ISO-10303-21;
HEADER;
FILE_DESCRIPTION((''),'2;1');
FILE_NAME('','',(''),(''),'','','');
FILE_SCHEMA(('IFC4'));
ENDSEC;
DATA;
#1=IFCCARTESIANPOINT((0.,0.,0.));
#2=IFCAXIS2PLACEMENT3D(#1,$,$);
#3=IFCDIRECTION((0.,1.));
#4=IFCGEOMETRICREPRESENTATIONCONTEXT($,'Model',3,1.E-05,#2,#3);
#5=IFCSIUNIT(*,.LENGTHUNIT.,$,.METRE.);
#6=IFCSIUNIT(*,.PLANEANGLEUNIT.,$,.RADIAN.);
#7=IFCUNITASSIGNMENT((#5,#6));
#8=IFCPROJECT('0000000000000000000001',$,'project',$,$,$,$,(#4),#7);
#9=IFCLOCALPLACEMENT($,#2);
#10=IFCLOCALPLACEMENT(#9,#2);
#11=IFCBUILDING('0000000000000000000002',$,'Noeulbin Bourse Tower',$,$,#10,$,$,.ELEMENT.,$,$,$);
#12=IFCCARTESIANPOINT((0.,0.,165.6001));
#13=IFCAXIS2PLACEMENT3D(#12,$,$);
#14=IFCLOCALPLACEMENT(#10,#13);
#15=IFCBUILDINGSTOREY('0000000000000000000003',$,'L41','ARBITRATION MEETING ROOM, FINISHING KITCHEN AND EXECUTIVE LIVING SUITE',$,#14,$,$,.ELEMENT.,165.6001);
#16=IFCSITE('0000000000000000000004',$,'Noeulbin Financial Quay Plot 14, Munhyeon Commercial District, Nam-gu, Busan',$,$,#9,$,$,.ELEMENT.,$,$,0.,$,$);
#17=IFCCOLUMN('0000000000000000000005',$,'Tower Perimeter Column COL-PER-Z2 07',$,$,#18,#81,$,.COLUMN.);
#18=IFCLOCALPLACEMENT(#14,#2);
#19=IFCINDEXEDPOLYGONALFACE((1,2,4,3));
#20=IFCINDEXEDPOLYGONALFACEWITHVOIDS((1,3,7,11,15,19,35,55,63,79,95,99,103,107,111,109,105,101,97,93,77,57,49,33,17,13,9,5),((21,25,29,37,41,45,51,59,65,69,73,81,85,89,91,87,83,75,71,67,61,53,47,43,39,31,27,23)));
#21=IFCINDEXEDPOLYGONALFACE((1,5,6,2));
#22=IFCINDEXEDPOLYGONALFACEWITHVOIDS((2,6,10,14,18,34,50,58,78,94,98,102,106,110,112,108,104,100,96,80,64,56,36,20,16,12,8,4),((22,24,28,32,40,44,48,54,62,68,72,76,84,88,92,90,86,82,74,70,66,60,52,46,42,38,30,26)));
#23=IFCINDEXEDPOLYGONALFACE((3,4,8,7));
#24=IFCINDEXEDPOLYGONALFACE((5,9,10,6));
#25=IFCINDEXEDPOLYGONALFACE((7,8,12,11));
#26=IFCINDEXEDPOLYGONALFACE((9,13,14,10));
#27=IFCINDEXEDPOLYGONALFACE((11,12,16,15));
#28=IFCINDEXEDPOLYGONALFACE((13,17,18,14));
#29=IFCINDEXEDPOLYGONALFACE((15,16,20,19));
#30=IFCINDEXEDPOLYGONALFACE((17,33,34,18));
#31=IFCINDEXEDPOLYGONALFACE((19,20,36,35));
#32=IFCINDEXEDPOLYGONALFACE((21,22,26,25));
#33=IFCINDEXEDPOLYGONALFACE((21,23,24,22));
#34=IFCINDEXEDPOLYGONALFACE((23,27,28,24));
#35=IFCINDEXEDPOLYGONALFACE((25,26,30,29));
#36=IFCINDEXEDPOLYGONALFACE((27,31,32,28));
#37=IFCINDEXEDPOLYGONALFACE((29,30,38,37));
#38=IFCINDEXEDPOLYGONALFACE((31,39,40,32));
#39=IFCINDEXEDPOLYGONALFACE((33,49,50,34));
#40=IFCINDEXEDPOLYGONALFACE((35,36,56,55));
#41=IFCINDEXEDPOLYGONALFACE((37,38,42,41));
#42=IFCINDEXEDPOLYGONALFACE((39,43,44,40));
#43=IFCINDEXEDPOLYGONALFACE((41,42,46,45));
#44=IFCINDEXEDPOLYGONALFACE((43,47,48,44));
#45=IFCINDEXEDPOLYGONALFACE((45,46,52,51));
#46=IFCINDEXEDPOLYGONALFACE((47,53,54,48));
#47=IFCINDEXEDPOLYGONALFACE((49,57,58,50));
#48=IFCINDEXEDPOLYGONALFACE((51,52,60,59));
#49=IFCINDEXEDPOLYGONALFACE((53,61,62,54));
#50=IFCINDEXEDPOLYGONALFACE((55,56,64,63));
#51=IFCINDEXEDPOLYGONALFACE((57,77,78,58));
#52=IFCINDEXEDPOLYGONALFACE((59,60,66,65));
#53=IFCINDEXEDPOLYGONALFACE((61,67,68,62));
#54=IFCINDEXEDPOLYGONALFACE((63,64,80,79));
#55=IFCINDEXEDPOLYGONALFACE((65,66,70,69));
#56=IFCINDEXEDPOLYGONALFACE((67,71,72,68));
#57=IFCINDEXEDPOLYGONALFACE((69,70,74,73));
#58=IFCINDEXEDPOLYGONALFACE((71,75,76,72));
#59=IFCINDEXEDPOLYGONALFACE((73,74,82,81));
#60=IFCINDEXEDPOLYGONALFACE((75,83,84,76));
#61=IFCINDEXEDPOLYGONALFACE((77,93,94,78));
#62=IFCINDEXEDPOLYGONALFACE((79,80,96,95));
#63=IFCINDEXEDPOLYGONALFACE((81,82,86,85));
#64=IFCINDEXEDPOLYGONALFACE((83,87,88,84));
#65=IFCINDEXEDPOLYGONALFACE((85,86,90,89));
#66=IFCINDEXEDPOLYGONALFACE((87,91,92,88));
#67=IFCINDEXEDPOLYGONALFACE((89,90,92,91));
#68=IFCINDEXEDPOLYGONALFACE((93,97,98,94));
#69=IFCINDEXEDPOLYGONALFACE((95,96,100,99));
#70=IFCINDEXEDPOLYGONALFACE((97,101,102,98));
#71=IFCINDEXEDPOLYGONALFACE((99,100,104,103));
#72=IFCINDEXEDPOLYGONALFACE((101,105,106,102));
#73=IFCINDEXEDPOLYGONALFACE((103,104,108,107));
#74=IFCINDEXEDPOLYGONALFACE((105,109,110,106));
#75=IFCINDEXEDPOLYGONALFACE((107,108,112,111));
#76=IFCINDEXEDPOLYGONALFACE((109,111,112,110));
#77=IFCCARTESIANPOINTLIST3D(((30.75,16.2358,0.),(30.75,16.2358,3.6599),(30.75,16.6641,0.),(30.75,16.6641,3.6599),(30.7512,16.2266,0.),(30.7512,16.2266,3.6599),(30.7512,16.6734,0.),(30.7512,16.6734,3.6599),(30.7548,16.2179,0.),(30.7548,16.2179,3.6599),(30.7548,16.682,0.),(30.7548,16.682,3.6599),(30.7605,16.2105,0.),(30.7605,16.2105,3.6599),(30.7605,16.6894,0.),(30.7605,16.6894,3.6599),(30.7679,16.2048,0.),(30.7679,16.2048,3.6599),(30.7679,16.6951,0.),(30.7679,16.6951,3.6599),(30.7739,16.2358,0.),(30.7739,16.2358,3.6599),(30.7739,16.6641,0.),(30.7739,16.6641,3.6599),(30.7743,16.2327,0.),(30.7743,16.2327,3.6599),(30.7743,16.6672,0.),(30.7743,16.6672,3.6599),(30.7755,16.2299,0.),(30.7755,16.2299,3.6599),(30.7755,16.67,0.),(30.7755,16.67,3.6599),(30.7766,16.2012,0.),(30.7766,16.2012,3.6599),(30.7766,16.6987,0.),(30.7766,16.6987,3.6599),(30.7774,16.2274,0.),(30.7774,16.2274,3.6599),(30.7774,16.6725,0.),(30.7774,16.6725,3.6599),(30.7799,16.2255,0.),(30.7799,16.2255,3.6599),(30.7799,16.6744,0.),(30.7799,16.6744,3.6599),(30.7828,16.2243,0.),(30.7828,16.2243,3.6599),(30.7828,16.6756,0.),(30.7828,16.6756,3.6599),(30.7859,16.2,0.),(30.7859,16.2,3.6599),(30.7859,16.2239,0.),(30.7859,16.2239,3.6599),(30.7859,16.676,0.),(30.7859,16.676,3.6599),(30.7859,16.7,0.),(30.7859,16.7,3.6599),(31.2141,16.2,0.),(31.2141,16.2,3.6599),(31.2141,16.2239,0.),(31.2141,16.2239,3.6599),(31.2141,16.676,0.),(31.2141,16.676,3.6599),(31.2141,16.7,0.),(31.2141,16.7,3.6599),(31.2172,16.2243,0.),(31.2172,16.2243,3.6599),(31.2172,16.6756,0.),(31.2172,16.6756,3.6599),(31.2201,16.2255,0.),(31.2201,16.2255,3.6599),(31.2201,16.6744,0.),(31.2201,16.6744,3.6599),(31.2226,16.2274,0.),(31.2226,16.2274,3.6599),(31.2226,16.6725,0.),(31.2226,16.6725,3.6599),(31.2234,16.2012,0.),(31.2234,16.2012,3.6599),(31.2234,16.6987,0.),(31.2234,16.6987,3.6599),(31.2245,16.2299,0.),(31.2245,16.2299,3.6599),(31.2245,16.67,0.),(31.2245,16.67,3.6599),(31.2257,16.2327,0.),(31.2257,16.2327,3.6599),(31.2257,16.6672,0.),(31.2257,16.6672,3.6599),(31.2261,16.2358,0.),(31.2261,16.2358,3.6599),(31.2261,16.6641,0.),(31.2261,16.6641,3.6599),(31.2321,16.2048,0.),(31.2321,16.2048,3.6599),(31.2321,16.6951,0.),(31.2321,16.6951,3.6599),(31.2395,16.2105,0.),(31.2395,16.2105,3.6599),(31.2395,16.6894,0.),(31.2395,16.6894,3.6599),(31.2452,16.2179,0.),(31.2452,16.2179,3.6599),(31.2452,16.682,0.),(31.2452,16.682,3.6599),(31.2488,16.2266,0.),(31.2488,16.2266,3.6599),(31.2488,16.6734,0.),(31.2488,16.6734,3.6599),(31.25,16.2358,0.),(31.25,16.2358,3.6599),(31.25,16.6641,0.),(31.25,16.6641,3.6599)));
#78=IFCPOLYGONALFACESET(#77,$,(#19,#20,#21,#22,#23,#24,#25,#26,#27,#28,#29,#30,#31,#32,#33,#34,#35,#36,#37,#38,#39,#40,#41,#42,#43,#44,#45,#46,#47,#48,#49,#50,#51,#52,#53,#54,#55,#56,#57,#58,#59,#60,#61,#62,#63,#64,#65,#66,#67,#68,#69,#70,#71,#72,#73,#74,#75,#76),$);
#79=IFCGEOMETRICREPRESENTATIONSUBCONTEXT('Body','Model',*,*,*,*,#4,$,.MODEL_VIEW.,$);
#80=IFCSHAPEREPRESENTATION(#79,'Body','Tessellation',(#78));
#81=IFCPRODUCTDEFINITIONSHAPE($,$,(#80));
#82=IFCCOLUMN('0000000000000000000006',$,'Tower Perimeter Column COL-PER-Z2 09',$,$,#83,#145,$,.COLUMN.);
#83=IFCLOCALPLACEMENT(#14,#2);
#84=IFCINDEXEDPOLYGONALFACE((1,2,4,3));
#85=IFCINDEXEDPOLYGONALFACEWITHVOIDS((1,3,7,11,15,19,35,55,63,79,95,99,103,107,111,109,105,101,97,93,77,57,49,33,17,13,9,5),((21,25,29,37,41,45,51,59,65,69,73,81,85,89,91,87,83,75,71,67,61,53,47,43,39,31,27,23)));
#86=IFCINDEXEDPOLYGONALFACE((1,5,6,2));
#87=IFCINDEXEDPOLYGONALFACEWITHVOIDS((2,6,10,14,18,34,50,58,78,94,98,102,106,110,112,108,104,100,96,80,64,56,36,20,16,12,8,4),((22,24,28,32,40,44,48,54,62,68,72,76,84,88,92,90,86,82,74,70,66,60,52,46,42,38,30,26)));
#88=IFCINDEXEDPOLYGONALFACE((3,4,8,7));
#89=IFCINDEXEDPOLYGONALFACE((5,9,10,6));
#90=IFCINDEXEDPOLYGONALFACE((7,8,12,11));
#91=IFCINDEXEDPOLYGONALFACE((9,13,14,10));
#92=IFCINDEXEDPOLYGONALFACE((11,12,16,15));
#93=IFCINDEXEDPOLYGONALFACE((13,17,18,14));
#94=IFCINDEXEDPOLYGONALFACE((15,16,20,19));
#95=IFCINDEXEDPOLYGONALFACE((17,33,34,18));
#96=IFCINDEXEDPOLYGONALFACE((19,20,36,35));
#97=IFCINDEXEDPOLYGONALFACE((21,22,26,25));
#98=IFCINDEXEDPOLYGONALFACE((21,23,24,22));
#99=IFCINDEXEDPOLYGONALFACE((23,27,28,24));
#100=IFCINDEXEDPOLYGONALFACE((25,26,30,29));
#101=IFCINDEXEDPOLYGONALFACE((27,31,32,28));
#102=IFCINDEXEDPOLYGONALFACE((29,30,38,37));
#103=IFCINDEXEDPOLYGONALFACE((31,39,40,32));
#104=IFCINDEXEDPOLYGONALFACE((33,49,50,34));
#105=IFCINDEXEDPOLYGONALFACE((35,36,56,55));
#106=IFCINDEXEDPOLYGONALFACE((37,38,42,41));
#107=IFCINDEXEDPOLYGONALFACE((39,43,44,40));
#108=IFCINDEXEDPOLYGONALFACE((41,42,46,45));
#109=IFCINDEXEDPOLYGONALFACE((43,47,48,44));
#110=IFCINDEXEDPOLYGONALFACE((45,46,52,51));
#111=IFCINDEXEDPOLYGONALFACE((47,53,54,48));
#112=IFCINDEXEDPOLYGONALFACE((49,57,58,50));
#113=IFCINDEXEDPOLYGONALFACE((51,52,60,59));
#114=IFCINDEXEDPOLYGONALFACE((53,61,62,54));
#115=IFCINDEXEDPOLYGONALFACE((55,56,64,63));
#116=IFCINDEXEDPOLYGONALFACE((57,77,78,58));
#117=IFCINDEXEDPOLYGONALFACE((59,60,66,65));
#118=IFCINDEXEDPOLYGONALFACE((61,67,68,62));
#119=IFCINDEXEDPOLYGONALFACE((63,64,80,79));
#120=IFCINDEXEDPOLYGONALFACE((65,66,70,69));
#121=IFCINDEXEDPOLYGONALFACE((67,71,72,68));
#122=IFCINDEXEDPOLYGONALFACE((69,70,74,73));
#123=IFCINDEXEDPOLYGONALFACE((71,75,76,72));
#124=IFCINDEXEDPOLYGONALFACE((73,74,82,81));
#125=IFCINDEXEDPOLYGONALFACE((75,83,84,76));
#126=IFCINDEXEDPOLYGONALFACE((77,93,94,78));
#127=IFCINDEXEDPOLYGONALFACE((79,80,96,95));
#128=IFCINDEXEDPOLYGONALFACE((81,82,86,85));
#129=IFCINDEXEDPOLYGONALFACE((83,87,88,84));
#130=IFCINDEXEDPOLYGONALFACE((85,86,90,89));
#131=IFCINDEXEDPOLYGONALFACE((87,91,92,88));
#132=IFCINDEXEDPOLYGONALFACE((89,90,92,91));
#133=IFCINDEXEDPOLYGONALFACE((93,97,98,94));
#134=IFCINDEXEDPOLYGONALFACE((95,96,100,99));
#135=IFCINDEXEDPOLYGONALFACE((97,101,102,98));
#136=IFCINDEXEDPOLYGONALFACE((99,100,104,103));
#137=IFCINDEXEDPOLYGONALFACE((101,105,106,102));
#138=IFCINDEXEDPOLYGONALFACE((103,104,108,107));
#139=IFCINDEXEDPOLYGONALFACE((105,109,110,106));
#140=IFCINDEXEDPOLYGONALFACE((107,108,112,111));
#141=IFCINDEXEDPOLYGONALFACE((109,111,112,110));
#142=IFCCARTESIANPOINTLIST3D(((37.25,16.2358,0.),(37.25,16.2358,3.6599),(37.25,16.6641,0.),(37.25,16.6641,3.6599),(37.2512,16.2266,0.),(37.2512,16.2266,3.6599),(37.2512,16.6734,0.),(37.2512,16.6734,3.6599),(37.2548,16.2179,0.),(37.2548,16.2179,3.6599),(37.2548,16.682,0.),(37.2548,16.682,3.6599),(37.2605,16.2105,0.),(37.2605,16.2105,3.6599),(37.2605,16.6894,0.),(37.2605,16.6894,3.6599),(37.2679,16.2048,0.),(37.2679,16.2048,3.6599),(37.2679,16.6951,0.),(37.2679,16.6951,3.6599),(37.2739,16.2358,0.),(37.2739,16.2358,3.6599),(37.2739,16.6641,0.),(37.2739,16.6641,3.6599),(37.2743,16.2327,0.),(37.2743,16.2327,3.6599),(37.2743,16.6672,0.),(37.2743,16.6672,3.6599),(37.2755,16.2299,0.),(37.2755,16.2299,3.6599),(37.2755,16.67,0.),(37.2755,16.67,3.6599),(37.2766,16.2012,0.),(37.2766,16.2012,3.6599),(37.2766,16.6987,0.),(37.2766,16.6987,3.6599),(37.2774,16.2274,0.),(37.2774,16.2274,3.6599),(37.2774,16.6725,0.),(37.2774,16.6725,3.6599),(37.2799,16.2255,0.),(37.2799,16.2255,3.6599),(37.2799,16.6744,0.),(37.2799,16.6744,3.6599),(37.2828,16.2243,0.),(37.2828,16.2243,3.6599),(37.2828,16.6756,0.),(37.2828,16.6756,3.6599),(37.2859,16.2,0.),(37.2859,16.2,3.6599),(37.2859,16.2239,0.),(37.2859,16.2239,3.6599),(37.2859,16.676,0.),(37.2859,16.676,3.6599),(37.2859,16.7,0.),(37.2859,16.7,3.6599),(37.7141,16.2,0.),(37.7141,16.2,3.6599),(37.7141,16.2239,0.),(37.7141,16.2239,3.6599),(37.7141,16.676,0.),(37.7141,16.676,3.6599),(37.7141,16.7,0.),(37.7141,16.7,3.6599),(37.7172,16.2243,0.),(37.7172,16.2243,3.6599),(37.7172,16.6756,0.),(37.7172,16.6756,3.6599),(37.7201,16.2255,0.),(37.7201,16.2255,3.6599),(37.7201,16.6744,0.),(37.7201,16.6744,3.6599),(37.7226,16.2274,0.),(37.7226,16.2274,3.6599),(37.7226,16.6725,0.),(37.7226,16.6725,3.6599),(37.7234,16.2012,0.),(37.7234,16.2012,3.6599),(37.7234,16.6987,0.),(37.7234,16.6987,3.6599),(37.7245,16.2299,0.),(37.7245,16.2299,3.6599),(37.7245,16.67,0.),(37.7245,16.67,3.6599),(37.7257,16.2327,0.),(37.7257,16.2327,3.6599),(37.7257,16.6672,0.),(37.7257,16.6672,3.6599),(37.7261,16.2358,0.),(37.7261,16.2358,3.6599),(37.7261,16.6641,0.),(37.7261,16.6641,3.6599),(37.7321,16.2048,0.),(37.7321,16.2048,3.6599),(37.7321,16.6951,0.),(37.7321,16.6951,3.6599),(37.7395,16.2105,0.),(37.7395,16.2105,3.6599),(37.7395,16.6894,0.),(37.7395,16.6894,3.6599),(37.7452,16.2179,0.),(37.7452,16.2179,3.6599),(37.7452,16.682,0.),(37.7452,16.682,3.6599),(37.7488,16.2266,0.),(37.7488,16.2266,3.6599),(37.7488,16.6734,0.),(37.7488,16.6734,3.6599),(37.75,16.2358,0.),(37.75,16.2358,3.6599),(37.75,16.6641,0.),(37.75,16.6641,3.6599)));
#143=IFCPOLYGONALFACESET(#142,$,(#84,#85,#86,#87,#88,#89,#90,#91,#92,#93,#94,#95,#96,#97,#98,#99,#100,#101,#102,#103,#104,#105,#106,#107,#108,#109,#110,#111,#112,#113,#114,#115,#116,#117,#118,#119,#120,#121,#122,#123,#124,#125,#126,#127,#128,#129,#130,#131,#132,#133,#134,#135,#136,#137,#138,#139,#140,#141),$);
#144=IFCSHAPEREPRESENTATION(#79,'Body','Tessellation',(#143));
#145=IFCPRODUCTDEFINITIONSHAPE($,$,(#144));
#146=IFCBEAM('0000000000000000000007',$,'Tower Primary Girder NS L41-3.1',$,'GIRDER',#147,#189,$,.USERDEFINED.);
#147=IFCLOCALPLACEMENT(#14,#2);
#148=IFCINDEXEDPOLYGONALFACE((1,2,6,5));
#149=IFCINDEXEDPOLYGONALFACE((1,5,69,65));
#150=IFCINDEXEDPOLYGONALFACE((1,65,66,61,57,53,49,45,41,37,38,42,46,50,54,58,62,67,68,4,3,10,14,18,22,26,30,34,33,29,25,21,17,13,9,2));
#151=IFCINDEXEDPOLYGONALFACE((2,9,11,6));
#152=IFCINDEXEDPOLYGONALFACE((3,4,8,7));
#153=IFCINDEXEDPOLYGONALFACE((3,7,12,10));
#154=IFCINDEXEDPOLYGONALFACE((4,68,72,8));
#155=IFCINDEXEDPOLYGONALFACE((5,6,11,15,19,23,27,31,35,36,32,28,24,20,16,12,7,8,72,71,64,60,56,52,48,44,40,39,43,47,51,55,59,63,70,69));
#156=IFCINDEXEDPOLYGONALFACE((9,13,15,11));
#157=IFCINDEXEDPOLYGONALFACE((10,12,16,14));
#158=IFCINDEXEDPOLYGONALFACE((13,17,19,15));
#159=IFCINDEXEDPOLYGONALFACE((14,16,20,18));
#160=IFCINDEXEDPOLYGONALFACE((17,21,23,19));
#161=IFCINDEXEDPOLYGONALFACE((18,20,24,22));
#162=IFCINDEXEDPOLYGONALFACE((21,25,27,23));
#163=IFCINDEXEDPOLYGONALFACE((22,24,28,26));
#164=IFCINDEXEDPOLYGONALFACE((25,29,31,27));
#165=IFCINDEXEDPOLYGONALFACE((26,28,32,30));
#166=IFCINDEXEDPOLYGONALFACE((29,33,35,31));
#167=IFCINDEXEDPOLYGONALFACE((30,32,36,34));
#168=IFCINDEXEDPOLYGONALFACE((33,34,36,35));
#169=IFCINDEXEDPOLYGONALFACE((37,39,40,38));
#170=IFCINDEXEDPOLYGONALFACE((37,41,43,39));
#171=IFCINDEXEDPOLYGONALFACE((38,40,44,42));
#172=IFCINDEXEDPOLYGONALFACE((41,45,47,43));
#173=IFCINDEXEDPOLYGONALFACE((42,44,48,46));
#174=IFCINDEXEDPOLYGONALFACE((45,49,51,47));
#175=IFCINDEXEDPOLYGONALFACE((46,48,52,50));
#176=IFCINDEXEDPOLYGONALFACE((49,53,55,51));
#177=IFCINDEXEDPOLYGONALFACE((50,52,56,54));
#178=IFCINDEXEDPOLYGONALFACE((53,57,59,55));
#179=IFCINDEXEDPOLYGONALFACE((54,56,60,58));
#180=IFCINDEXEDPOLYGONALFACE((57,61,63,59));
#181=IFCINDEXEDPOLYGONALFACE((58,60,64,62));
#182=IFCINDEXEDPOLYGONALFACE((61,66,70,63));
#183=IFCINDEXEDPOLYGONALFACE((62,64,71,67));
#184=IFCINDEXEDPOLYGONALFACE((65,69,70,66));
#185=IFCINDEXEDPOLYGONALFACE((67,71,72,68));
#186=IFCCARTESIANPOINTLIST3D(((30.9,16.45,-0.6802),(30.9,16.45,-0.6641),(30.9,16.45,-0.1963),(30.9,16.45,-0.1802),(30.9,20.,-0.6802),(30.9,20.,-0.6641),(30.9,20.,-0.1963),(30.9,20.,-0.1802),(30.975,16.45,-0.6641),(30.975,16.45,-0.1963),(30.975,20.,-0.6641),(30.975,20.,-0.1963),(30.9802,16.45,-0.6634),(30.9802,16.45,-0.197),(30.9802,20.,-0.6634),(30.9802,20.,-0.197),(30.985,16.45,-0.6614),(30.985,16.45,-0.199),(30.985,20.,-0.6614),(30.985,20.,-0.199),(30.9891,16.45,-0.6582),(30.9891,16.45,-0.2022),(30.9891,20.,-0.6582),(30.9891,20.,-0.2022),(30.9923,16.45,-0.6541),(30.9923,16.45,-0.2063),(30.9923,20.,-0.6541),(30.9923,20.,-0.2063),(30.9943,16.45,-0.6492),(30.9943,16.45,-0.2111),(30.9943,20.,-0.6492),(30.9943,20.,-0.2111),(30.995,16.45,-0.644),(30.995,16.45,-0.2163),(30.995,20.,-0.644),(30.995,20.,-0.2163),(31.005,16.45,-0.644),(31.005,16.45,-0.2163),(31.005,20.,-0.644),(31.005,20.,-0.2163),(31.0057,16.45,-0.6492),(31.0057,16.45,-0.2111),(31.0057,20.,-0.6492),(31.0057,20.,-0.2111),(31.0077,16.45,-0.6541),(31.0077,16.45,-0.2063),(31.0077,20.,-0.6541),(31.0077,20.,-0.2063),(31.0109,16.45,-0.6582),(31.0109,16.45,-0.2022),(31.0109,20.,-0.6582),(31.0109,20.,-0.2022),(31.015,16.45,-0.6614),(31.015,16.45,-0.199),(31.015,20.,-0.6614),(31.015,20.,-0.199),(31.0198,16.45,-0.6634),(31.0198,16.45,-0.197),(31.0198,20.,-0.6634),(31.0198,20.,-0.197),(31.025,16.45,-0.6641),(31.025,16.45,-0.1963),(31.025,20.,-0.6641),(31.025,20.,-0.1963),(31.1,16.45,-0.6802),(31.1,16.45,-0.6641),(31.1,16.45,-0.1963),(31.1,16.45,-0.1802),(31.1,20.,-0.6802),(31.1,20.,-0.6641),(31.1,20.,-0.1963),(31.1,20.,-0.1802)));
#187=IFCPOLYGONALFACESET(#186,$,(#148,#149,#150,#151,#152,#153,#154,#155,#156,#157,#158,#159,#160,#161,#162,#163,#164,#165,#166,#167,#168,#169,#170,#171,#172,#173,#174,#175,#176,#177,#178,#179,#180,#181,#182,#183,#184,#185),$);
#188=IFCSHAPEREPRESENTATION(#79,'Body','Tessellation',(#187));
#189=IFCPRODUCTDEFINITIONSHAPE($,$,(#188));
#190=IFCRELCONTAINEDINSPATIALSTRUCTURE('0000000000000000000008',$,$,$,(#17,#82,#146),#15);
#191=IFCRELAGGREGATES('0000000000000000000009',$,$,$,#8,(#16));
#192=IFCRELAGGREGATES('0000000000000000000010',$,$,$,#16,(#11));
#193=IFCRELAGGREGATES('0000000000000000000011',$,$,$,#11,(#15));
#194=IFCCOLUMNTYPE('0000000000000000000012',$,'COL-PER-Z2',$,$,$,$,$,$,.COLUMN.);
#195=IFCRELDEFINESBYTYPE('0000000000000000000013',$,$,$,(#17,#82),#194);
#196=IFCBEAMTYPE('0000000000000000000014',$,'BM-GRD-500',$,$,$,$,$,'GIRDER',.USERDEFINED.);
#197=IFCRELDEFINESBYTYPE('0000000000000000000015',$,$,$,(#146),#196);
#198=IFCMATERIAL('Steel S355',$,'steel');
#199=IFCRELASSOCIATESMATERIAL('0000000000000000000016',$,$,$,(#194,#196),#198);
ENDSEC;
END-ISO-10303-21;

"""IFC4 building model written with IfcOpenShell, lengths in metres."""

from ifc_helpers import new_model, si_unit, direction, frame, origin, origin_2d, place, context, subcontext, project, spatial, hollow_rectangle, i_section, extrude, material, material_profile, profile_set, type_object, element, save


model = new_model("IFC4")

# Units and contexts
model_context = context("Model", 3, precision=1e-05, world=origin(), true_north=direction((0.0, 1.0)))
body_context = subcontext(model_context, "Body", "Model", "MODEL_VIEW")
ifc_project = project(units=[si_unit("LENGTHUNIT", "METRE"), si_unit("PLANEANGLEUNIT", "RADIAN")], contexts=[model_context])

# Site, building, storey
site_placement = place(None, origin())
site = spatial("IfcSite", under=ifc_project, at=site_placement, Name="Noeulbin Financial Quay Plot 14, Munhyeon Commercial District, Nam-gu, Busan", CompositionType="ELEMENT", RefElevation=0.0)
building_placement = place(site_placement, origin())
building = spatial("IfcBuilding", under=site, at=building_placement, Name="Noeulbin Bourse Tower", CompositionType="ELEMENT")
storey_placement = place(building_placement, frame((0.0, 0.0, 165.6001)))
storey = spatial("IfcBuildingStorey", under=building, at=storey_placement, Name="L41", Description="ARBITRATION MEETING ROOM, FINISHING KITCHEN AND EXECUTIVE LIVING SUITE", CompositionType="ELEMENT", Elevation=165.6001)

# Columns
ifc_material_1 = material(Name="Steel S355", Category="steel")
ifc_material_profile_1 = material_profile(ifc_material_1, hollow_rectangle(XDim=0.5, YDim=0.5, WallThickness=0.0239, InnerFilletRadius=0.012, OuterFilletRadius=0.0359, at=origin_2d()), Name="BOX-500x500x24", Category="LoadBearing")
ifc_profile_set_1 = profile_set([ifc_material_profile_1], Name="Steel S355")
column_type = type_object("IfcColumnType", Name="COL-PER-Z2", PredefinedType="COLUMN", material=ifc_profile_set_1)
for number, where, z_axis, x_axis, name in (
    (1, (31.0, 16.45, 0.0), (0.0, 0.0, 1.0), (1.0, 0.0, 0.0), "Tower Perimeter Column COL-PER-Z2 07"),
    (2, (37.5, 16.45, 0.0), (0.0, 0.0, 1.0), (1.0, 0.0, 0.0), "Tower Perimeter Column COL-PER-Z2 09"),
):
    element("IfcColumn", number, at=place(storey_placement, frame(where, z_axis=z_axis, x_axis=x_axis)), inside=storey, type_object=column_type, Name=name, PredefinedType="COLUMN", context=body_context, shape_type="SweptSolid", body=[
        extrude(hollow_rectangle(XDim=0.5, YDim=0.5, WallThickness=0.0239, InnerFilletRadius=0.012, OuterFilletRadius=0.0359, at=origin_2d()), origin(), (0.0, 0.0, 1.0), 3.6599),
    ])

# Beam
ifc_material_profile_2 = material_profile(ifc_material_1, i_section(OverallWidth=0.2, OverallDepth=0.5, WebThickness=0.01, FlangeThickness=0.0161, FilletRadius=0.02, at=origin_2d()), Name="H-500x200x10x16", Category="LoadBearing")
ifc_profile_set_2 = profile_set([ifc_material_profile_2], Name="Steel S355")
beam_type_1 = type_object("IfcBeamType", Name="BM-GRD-500", ElementType="GIRDER", PredefinedType="USERDEFINED", material=ifc_profile_set_2)
for number, where, z_axis, x_axis, name in (
    (3, (31.0, 16.45, -0.4302), (0.0, 1.0, 0.0), (-1.0, 0.0, 0.0), "Tower Primary Girder NS L41-3.1"),
):
    element("IfcBeam", number, at=place(storey_placement, frame(where, z_axis=z_axis, x_axis=x_axis)), inside=storey, type_object=beam_type_1, Name=name, ObjectType="GIRDER", PredefinedType="USERDEFINED", context=body_context, shape_type="SweptSolid", body=[
        extrude(i_section(OverallWidth=0.2, OverallDepth=0.5, WebThickness=0.01, FlangeThickness=0.0161, FilletRadius=0.02, at=origin_2d()), origin(), (0.0, 0.0, 1.0), 3.55),
    ])

save(model, "model.ifc")
